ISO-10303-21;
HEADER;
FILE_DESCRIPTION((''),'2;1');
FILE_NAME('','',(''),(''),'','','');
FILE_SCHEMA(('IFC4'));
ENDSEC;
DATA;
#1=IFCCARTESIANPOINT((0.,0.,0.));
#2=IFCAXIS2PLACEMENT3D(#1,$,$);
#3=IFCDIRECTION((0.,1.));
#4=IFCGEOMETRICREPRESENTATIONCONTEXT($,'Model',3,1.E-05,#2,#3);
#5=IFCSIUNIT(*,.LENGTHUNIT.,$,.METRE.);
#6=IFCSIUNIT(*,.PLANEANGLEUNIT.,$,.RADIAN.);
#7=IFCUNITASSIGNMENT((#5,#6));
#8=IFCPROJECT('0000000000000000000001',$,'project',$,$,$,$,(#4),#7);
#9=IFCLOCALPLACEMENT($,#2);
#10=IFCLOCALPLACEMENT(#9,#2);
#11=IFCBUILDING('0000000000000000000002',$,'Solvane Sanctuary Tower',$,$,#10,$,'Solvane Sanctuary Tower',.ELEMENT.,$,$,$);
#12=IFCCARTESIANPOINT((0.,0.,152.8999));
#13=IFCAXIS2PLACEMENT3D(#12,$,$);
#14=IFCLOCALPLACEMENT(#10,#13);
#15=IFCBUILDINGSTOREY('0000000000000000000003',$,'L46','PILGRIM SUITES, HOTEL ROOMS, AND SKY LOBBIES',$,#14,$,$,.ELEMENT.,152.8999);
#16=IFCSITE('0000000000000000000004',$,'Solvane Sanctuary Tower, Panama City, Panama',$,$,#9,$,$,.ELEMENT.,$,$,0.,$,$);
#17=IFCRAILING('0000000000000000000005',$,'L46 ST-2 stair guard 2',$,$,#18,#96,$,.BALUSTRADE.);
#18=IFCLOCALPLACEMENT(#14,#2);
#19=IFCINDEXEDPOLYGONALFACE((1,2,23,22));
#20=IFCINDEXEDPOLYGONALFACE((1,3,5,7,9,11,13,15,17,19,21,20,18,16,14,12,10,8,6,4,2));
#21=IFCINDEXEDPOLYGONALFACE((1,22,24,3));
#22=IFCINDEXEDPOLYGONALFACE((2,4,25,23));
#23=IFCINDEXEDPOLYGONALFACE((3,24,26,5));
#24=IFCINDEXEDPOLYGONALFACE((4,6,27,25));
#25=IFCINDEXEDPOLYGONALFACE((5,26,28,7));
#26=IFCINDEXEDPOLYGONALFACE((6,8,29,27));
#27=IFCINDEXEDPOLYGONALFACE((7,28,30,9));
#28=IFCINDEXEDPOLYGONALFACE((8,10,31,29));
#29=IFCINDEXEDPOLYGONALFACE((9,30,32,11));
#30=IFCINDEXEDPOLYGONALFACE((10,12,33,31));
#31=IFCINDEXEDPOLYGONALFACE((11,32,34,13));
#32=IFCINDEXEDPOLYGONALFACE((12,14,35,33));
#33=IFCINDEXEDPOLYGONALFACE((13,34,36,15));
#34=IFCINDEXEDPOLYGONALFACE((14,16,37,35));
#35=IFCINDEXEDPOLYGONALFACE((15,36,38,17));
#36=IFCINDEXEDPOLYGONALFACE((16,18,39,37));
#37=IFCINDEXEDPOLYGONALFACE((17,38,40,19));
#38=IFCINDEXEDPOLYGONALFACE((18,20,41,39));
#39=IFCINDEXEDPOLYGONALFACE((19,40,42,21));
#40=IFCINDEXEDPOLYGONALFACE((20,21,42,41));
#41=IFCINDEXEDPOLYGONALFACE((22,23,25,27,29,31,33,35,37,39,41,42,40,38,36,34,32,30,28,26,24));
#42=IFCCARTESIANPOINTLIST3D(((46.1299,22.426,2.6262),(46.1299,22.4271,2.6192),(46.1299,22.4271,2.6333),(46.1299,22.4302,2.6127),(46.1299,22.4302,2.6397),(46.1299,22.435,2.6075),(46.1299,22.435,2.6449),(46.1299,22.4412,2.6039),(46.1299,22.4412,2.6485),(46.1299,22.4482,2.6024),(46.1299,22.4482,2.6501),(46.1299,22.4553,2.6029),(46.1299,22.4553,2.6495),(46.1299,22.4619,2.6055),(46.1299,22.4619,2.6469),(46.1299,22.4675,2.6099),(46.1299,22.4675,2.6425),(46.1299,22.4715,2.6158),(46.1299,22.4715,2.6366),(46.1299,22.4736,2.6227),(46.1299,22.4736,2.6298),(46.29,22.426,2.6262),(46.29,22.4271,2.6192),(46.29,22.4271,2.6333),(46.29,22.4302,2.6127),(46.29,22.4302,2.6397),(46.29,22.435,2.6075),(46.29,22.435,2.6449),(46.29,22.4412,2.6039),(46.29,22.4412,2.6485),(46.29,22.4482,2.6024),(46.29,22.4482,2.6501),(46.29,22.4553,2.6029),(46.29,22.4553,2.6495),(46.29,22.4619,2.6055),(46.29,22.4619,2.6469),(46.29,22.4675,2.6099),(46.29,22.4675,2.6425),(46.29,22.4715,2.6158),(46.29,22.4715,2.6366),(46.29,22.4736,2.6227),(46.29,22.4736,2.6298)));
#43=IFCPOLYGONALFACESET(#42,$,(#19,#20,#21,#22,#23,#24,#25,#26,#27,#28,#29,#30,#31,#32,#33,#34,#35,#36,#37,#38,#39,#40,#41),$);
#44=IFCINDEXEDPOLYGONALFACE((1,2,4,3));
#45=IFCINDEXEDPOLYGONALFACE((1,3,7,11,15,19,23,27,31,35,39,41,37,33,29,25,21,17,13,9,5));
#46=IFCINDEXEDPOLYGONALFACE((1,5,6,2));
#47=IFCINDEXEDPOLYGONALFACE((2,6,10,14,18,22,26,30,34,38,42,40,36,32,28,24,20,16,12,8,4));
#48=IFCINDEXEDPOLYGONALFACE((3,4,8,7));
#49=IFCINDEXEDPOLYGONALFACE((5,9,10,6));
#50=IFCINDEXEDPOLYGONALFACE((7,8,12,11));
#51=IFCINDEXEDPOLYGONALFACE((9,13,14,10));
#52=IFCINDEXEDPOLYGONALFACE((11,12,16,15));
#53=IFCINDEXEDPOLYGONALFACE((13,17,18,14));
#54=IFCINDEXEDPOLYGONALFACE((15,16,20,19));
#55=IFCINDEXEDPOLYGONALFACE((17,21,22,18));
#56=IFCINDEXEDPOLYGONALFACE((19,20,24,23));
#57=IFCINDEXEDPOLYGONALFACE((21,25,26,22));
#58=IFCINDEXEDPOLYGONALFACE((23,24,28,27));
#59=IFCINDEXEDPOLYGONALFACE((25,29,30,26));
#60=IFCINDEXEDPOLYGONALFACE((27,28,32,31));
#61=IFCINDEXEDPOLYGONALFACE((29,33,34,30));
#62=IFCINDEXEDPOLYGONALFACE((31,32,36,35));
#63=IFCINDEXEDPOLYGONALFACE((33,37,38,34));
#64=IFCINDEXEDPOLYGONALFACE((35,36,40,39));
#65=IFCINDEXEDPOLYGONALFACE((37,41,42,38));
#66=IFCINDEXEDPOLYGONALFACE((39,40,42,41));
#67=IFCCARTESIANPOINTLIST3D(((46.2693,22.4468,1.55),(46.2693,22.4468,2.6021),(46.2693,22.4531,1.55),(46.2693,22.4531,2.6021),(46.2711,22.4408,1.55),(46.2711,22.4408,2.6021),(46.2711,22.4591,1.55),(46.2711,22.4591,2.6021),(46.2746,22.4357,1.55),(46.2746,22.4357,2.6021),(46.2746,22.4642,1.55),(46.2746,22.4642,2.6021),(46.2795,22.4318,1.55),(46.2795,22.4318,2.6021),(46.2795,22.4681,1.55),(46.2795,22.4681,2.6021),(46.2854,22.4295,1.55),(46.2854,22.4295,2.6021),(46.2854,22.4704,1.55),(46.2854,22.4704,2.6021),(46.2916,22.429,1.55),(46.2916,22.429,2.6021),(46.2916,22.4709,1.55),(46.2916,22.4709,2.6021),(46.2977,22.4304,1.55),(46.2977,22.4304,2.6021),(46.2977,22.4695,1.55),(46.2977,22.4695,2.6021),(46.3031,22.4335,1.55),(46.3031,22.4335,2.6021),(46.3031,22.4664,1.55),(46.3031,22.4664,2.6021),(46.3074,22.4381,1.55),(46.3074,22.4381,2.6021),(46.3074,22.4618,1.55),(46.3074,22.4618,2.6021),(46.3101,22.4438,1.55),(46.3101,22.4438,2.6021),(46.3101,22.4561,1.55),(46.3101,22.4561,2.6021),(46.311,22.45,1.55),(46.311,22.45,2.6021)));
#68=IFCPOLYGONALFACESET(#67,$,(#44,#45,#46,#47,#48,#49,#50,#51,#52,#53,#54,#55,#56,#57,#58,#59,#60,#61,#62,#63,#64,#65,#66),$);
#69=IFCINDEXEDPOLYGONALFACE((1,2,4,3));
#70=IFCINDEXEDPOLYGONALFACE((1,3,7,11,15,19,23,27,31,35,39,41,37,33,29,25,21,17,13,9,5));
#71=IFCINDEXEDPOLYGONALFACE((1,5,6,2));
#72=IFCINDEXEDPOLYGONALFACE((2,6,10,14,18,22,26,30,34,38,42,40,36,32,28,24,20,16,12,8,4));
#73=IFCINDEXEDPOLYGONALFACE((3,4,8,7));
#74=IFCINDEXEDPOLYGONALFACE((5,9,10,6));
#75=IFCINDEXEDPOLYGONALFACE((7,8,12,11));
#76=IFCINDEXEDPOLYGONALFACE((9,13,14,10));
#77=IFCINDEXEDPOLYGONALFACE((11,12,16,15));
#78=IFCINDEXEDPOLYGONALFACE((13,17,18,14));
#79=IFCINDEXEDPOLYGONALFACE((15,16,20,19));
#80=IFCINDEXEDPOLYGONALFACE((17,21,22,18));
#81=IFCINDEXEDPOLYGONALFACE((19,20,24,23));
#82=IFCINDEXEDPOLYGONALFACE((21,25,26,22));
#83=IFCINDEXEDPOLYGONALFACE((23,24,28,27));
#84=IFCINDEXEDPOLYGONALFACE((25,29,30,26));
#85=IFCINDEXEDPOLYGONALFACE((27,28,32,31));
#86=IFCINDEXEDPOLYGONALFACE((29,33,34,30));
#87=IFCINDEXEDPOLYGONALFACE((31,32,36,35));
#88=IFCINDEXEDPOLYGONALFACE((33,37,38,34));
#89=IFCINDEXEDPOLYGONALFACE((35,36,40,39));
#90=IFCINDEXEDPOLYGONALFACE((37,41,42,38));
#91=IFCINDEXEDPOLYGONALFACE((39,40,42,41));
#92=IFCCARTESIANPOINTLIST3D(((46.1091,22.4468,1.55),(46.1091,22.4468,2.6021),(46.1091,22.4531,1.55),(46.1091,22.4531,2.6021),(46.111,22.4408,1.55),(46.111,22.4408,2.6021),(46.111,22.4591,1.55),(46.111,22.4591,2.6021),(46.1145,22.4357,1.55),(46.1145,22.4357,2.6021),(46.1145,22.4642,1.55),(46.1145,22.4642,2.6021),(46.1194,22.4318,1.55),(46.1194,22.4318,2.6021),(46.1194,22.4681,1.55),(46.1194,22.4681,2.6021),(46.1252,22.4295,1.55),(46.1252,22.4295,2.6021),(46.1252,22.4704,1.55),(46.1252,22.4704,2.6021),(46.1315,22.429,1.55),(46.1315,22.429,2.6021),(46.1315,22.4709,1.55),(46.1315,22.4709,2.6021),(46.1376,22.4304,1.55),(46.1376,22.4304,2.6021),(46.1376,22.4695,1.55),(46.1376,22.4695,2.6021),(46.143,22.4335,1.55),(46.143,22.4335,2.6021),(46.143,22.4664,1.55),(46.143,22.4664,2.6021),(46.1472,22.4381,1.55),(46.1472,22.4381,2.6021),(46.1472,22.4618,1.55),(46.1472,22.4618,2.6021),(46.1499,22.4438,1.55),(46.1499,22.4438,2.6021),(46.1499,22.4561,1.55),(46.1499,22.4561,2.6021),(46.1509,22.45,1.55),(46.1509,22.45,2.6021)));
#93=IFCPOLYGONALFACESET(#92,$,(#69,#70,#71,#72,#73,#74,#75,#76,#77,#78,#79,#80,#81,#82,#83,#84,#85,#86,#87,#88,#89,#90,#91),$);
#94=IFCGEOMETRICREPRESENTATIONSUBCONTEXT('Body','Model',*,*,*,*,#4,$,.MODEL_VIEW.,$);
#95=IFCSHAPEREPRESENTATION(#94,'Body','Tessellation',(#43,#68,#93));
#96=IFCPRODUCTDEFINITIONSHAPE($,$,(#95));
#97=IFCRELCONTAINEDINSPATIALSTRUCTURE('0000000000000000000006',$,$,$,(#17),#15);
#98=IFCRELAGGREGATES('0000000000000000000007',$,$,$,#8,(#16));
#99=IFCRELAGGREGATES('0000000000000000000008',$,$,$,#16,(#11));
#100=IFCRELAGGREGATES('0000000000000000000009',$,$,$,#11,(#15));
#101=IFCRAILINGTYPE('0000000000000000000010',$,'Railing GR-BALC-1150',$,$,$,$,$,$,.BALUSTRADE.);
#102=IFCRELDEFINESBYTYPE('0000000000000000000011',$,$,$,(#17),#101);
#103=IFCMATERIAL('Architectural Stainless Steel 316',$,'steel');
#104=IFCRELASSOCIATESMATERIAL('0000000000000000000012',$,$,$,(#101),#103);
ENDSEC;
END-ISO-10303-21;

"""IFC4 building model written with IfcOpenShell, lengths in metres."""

from ifc_helpers import new_model, si_unit, direction, frame, origin, origin_2d, place, context, subcontext, project, spatial, circle, extrude, material, type_object, element, save


model = new_model("IFC4")

# Units and contexts
model_context = context("Model", 3, precision=1e-05, world=origin(), true_north=direction((0.0, 1.0)))
body_context = subcontext(model_context, "Body", "Model", "MODEL_VIEW")
ifc_project = project(units=[si_unit("LENGTHUNIT", "METRE"), si_unit("PLANEANGLEUNIT", "RADIAN")], contexts=[model_context])

# Site, building, storey
site_placement = place(None, origin())
site = spatial("IfcSite", under=ifc_project, at=site_placement, Name="Solvane Sanctuary Tower, Panama City, Panama", CompositionType="ELEMENT", RefElevation=0.0)
building_placement = place(site_placement, origin())
building = spatial("IfcBuilding", under=site, at=building_placement, Name="Solvane Sanctuary Tower", LongName="Solvane Sanctuary Tower", CompositionType="ELEMENT")
storey_placement = place(building_placement, frame((0.0, 0.0, 152.8999)))
storey = spatial("IfcBuildingStorey", under=building, at=storey_placement, Name="L46", Description="PILGRIM SUITES, HOTEL ROOMS, AND SKY LOBBIES", CompositionType="ELEMENT", Elevation=152.8999)

# Shared definitions
ifc_material_1 = material(Name="Architectural Stainless Steel 316", Category="steel")

# Railing
railing_type = type_object("IfcRailingType", Name="Railing GR-BALC-1150", PredefinedType="BALUSTRADE", material=ifc_material_1)
railing_1_placement = place(storey_placement, frame((46.29, 22.45, 1.55)))
element("IfcRailing", 1, at=railing_1_placement, inside=storey, type_object=railing_type, Name="L46 ST-2 stair guard 2", PredefinedType="BALUSTRADE", context=body_context, shape_type="SweptSolid", body=[
    extrude(circle(Radius=0.0239, at=origin_2d()), frame((0.0, 0.0, 1.0762), z_axis=(-1.0, 0.0, 0.0), x_axis=(0.0, -1.0, 0.0)), (0.0, 0.0, 1.0), 0.1602),
    extrude(circle(Radius=0.021, at=origin_2d()), origin(), (0.0, 0.0, 1.0), 1.052),
    extrude(circle(Radius=0.021, at=origin_2d()), frame((-0.1602, 0.0, 0.0)), (0.0, 0.0, 1.0), 1.052),
])

save(model, "model.ifc")
